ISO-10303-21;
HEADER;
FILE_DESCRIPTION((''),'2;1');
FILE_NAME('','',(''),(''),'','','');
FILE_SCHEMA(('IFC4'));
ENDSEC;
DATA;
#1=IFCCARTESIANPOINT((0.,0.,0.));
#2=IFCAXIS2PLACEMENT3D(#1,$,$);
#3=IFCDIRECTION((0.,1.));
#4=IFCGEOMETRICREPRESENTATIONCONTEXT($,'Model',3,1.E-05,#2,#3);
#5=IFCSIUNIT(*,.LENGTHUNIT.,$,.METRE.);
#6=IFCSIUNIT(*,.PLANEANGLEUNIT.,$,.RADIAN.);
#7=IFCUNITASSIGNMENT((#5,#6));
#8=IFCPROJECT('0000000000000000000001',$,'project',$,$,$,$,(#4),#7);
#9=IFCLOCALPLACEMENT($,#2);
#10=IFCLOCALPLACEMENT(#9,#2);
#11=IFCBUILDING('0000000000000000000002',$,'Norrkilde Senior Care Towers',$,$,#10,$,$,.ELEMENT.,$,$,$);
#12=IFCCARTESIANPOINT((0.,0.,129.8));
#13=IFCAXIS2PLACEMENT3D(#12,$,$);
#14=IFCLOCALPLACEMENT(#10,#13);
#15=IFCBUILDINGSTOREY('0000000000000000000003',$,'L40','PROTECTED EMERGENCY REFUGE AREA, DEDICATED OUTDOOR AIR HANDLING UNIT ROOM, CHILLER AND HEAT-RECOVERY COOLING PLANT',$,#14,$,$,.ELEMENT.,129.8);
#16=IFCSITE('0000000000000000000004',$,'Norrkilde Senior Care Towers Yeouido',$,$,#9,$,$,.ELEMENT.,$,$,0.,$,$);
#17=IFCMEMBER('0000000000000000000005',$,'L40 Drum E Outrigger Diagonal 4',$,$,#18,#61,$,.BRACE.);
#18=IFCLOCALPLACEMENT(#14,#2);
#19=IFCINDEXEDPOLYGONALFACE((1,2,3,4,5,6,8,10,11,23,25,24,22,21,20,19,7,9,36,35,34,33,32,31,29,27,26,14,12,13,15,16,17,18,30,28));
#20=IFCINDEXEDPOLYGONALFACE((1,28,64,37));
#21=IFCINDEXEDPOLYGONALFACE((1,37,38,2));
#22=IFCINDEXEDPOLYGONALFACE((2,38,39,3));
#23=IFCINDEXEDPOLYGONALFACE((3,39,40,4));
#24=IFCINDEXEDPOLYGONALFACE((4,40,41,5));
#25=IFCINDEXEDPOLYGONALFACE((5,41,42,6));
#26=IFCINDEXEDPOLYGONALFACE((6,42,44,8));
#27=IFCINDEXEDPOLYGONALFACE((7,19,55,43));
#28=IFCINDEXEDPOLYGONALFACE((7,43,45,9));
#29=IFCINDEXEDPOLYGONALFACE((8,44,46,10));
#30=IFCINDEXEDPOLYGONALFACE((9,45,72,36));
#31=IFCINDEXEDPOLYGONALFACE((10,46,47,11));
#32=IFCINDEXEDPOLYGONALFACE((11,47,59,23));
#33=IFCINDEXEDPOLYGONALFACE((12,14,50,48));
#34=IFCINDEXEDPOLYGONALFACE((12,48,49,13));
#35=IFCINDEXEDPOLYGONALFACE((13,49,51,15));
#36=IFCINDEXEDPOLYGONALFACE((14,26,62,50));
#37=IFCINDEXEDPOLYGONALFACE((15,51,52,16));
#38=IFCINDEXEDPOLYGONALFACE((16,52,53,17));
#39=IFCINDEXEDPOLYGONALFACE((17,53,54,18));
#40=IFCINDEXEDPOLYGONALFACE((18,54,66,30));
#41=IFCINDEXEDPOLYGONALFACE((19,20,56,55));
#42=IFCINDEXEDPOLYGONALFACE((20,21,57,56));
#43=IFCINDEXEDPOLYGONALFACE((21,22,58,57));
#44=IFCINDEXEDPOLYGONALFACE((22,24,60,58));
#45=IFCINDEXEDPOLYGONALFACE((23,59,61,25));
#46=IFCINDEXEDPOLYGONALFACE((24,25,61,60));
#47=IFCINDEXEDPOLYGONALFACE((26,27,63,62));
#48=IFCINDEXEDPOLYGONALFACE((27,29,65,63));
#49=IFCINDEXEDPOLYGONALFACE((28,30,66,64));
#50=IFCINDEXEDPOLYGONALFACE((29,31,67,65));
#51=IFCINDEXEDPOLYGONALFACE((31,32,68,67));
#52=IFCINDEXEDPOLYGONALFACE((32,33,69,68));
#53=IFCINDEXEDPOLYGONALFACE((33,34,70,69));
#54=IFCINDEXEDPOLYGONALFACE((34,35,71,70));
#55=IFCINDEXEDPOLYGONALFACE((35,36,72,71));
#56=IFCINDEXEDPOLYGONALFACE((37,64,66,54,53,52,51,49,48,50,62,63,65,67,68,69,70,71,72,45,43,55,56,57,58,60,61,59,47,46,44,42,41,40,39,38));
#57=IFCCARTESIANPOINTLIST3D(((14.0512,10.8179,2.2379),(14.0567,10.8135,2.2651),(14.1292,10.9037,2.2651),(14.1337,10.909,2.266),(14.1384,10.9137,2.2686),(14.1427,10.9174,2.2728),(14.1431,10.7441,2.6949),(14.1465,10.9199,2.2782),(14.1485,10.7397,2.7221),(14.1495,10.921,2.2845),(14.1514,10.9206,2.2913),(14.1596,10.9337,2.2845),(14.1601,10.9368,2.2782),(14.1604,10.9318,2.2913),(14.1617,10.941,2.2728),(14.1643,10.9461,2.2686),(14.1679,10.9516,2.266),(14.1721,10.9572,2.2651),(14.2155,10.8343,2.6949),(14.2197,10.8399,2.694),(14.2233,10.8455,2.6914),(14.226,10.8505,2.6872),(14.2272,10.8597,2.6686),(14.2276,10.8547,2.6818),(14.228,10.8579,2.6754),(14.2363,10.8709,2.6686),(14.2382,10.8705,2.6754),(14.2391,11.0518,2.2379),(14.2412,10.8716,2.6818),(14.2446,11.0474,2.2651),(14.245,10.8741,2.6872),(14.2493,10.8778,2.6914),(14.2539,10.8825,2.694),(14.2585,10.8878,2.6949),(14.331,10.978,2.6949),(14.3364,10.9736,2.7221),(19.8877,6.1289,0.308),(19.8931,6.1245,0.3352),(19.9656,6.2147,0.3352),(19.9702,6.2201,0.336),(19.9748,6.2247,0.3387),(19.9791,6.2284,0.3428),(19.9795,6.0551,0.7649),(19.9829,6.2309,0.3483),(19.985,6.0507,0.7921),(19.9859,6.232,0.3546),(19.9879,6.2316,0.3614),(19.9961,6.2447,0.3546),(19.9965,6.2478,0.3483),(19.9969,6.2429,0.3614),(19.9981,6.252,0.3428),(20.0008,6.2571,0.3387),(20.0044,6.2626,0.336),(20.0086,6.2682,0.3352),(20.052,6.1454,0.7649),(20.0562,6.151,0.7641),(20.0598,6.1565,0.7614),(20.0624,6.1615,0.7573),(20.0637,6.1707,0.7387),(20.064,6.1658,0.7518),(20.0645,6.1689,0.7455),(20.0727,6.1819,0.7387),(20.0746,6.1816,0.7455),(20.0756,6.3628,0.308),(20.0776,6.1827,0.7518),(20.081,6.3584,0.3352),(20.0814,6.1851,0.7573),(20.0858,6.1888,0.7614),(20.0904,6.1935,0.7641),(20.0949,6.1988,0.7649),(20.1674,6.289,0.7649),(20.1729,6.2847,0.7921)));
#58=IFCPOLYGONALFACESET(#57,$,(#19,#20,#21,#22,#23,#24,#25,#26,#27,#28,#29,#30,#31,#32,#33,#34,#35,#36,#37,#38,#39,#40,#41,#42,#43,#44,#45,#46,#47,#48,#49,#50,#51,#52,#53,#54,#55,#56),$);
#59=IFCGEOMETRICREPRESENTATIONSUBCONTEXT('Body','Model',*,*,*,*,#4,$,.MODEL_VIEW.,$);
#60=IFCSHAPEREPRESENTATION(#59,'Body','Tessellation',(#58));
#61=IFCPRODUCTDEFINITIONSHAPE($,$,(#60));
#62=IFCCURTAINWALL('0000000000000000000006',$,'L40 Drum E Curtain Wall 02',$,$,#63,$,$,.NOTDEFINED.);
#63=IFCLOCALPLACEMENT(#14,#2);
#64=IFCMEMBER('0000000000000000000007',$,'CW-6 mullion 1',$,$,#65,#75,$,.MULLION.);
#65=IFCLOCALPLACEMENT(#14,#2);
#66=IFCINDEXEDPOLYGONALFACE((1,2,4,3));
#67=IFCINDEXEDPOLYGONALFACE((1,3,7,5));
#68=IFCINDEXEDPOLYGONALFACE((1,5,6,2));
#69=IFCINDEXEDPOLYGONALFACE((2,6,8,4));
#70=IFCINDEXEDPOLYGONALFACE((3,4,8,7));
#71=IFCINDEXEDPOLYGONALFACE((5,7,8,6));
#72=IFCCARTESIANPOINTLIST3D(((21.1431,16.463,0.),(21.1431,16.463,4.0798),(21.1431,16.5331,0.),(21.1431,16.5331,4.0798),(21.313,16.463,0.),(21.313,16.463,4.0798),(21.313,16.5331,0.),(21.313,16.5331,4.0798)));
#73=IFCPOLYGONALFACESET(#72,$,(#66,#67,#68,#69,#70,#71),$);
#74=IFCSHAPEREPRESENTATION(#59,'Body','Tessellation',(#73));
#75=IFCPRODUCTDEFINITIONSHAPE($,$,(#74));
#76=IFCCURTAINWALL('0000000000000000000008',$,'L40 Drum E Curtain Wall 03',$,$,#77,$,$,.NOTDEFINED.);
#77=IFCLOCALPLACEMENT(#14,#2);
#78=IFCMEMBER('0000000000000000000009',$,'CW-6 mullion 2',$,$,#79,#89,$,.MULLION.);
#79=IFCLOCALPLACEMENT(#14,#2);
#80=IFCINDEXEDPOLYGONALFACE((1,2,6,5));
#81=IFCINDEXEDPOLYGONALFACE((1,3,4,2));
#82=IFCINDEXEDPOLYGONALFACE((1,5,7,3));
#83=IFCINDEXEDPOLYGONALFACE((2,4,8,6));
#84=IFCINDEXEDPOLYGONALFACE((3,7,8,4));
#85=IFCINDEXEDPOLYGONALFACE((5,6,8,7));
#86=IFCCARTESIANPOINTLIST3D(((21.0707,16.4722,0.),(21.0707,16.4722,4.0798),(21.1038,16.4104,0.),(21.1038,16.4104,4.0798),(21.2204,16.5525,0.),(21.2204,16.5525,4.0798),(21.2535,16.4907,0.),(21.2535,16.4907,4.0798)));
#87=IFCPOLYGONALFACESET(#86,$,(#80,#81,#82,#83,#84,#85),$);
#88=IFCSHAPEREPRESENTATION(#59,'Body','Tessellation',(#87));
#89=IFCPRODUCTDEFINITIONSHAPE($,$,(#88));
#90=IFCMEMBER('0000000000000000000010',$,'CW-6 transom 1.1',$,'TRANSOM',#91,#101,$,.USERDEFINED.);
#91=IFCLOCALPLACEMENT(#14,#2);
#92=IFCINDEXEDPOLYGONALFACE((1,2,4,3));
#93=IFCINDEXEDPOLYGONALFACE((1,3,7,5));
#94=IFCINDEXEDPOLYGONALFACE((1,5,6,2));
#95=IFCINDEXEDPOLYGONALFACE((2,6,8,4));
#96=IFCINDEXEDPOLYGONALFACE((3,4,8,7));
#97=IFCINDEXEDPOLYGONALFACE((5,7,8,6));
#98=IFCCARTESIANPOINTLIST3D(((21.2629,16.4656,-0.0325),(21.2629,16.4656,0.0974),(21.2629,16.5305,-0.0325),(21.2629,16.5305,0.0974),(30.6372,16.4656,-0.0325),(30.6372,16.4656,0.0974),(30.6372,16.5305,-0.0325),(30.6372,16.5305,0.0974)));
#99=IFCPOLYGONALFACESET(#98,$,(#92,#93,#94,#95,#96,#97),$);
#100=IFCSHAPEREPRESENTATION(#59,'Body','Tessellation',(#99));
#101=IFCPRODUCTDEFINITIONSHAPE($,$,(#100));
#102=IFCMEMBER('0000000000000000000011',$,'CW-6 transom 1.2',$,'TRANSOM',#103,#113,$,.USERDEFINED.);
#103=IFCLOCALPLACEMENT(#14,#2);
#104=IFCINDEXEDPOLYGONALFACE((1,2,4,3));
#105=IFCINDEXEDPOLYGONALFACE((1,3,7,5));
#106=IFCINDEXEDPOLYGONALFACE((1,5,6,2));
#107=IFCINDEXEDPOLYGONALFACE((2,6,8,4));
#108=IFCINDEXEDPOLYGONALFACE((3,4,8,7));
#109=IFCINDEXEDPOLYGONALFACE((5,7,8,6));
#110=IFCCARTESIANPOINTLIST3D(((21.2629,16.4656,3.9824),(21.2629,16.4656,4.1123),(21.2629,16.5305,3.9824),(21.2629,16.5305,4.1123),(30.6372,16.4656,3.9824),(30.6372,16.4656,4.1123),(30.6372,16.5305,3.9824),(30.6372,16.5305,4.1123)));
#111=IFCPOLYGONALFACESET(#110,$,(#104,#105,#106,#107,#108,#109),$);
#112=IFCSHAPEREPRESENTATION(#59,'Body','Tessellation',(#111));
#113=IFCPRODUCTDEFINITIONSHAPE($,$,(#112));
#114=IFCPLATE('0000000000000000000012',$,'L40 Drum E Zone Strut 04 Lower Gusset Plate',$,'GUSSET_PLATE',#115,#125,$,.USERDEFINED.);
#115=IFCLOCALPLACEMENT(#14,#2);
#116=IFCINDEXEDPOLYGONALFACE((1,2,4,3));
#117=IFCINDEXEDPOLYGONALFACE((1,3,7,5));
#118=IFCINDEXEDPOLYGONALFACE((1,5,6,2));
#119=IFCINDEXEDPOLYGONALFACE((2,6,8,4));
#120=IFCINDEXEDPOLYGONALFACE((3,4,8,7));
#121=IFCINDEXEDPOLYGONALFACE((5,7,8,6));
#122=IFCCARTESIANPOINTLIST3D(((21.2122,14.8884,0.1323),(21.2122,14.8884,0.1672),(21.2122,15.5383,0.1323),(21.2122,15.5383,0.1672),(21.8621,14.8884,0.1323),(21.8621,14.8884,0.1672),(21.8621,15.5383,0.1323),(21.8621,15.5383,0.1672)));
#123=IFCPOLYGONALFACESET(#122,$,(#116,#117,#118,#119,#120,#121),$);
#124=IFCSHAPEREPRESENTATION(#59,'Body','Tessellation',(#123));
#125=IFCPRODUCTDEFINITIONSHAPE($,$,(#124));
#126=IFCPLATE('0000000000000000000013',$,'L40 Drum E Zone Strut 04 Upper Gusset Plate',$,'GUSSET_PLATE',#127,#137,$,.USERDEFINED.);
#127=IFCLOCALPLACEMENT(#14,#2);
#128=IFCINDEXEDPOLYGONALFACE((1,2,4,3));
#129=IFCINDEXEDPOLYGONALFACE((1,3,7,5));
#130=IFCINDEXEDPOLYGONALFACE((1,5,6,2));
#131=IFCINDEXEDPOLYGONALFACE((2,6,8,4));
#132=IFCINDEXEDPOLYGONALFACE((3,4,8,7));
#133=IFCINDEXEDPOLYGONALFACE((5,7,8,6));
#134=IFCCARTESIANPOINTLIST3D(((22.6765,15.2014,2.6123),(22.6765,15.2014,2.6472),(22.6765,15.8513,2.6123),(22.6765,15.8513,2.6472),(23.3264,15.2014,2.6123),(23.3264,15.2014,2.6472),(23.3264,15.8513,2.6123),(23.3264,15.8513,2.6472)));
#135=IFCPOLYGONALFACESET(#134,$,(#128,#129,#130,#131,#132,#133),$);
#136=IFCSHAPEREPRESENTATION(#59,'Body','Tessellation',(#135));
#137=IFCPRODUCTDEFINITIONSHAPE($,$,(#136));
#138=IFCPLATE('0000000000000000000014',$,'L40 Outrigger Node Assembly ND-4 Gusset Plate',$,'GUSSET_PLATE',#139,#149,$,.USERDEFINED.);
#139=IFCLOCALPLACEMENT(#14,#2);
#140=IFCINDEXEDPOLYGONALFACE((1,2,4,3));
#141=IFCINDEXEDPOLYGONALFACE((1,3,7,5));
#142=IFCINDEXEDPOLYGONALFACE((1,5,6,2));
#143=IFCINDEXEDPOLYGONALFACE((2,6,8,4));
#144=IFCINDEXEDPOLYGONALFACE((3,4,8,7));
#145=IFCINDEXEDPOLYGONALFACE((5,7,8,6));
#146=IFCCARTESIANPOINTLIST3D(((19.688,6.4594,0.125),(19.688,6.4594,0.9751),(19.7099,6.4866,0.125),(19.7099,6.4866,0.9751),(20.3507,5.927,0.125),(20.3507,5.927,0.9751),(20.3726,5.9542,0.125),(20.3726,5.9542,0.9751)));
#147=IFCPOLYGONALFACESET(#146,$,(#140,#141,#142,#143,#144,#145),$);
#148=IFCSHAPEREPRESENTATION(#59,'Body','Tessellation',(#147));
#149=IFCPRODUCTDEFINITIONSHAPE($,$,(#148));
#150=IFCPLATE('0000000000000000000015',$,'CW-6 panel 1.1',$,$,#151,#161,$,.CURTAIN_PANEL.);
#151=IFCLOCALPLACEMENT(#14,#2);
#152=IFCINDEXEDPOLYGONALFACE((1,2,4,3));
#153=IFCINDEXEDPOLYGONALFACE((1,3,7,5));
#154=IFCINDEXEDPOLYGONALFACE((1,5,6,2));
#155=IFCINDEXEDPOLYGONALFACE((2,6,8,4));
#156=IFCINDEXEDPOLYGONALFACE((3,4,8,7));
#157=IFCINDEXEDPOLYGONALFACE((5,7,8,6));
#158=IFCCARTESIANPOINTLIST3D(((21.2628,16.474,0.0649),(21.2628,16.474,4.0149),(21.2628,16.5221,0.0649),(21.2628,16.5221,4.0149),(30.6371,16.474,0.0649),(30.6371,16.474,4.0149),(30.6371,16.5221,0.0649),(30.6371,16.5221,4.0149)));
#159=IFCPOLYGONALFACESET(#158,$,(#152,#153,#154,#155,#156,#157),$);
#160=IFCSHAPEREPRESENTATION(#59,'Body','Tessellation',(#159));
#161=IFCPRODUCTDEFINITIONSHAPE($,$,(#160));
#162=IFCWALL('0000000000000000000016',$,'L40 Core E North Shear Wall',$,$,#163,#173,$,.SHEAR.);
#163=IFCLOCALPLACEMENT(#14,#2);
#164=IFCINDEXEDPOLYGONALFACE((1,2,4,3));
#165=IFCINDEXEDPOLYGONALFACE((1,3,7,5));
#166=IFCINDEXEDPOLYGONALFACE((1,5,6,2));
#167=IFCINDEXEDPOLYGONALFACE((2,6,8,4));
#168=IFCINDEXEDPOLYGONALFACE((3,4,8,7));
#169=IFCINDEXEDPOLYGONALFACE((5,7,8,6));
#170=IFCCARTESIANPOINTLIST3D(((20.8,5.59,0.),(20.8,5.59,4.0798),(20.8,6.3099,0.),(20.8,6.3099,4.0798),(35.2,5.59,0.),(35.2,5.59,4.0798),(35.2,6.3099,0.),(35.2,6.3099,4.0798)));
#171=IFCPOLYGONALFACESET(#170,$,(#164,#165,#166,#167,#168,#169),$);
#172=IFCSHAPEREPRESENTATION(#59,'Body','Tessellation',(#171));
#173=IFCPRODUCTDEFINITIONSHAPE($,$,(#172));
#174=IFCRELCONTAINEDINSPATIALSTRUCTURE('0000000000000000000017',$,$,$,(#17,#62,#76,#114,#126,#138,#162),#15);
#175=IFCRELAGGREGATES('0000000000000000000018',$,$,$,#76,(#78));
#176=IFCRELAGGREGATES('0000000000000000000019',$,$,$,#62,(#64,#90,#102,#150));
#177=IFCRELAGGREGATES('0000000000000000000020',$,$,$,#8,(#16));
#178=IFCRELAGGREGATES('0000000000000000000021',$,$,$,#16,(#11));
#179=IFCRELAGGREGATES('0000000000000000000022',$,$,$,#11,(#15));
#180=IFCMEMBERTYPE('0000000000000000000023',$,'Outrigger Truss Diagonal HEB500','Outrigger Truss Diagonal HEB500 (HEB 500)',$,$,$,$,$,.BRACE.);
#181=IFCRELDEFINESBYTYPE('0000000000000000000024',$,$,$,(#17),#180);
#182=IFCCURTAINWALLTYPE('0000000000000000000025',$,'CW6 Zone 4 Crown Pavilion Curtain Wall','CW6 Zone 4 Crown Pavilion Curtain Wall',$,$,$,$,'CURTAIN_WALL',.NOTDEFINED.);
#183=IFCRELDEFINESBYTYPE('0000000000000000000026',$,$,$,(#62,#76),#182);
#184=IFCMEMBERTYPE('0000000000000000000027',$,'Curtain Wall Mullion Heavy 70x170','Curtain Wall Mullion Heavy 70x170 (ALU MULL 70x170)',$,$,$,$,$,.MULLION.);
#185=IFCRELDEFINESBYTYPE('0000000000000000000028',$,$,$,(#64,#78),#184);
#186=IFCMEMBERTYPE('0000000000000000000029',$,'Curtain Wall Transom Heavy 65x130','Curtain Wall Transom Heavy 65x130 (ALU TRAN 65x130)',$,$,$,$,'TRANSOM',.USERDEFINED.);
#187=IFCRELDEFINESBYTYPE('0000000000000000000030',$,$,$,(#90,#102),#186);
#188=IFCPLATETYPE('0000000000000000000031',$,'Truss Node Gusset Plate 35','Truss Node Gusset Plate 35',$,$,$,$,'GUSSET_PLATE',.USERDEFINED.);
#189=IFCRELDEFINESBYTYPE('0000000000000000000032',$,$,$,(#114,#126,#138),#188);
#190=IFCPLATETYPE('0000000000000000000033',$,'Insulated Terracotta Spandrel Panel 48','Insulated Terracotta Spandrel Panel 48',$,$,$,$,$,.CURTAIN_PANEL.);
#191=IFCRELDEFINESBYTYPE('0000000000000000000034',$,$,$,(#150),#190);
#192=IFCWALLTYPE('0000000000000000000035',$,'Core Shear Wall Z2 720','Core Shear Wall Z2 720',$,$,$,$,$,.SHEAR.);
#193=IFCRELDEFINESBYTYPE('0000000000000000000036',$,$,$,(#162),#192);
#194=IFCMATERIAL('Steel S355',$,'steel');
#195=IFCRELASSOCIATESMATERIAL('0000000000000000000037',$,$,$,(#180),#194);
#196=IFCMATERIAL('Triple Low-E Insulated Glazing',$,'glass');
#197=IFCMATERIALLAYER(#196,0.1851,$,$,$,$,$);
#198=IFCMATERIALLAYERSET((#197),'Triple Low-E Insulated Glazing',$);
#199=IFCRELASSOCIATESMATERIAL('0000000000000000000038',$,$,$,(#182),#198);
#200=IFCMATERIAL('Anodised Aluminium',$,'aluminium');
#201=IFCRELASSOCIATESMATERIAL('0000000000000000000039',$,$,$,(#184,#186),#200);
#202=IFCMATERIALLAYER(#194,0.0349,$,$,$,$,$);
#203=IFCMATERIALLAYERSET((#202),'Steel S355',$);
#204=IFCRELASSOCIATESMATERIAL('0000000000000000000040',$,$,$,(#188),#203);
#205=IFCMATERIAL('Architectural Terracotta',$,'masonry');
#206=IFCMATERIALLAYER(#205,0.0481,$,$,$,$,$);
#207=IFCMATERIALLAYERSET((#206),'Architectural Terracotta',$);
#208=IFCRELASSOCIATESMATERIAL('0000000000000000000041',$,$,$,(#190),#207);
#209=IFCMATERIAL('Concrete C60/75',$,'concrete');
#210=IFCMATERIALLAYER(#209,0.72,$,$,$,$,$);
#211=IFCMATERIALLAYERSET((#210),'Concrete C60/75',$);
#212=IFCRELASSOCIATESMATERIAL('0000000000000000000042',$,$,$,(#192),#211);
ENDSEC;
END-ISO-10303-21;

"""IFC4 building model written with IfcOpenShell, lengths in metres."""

from ifc_helpers import new_model, si_unit, direction, frame, frame_2d, origin, origin_2d, place, context, subcontext, project, spatial, rectangle, i_section, extrude, source, transform, mapped, material, layer, layer_set, material_profile, profile_set, type_object, type_shapes, element, aggregate, save


model = new_model("IFC4")

# Units and contexts
model_context = context("Model", 3, precision=1e-05, world=origin(), true_north=direction((0.0, 1.0)))
body_context = subcontext(model_context, "Body", "Model", "MODEL_VIEW")
ifc_project = project(units=[si_unit("LENGTHUNIT", "METRE"), si_unit("PLANEANGLEUNIT", "RADIAN")], contexts=[model_context])

# Site, building, storey
site_placement = place(None, origin())
site = spatial("IfcSite", under=ifc_project, at=site_placement, Name="Norrkilde Senior Care Towers Yeouido", CompositionType="ELEMENT", RefElevation=0.0)
building_placement = place(site_placement, origin())
building = spatial("IfcBuilding", under=site, at=building_placement, Name="Norrkilde Senior Care Towers", CompositionType="ELEMENT")
storey_placement = place(building_placement, frame((0.0, 0.0, 129.8)))
storey = spatial("IfcBuildingStorey", under=building, at=storey_placement, Name="L40", Description="PROTECTED EMERGENCY REFUGE AREA, DEDICATED OUTDOOR AIR HANDLING UNIT ROOM, CHILLER AND HEAT-RECOVERY COOLING PLANT", CompositionType="ELEMENT", Elevation=129.8)

# Shared definitions
ifc_material_1 = material(Name="Concrete C60/75", Category="concrete")

# Shared definitions
ifc_material_2 = material(Name="Steel S355", Category="steel")

# Member
ifc_material_profile_1 = material_profile(ifc_material_2, i_section(OverallWidth=0.3, OverallDepth=0.5, WebThickness=0.0144, FlangeThickness=0.0281, FilletRadius=0.0271, at=origin_2d()), Name="HEB 500")
ifc_profile_set_1 = profile_set([ifc_material_profile_1], Name="Steel S355")
member_type_1 = type_object("IfcMemberType", Name="Outrigger Truss Diagonal HEB500", Description="Outrigger Truss Diagonal HEB500 (HEB 500)", PredefinedType="BRACE", material=ifc_profile_set_1)
shared_shape_1 = source(origin(), body_context, "Body", "SweptSolid", [
    extrude(i_section(OverallWidth=0.3, OverallDepth=0.5, WebThickness=0.0144, FlangeThickness=0.0281, FilletRadius=0.0271, at=origin_2d()), origin(), (0.0, 0.0, 1.0), 7.7314),
])
type_shapes(member_type_1, [shared_shape_1])
member_1_placement = place(storey_placement, frame((20.0303, 6.2068, 0.55), z_axis=(-0.754897, 0.606482, 0.249622), x_axis=(-0.626308, -0.779575, 0.0)))
element("IfcMember", 1, at=member_1_placement, inside=storey, type_object=member_type_1, Name="L40 Drum E Outrigger Diagonal 4", PredefinedType="BRACE", context=body_context, shape_type="MappedRepresentation", body=[
    mapped(shared_shape_1, transform((0.0, 0.0, 0.0), x_axis=(1.0, 0.0, 0.0), y_axis=(0.0, 1.0, 0.0), z_axis=(0.0, 0.0, 1.0), scale=1.0)),
])

# Curtain walls, members
ifc_material_3 = material(Name="Triple Low-E Insulated Glazing", Category="glass")
ifc_layer_1 = layer(ifc_material_3, 0.1851)
ifc_layer_set_1 = layer_set([ifc_layer_1], Name="Triple Low-E Insulated Glazing")
curtain_wall_type = type_object("IfcCurtainWallType", Name="CW6 Zone 4 Crown Pavilion Curtain Wall", Description="CW6 Zone 4 Crown Pavilion Curtain Wall", ElementType="CURTAIN_WALL", PredefinedType="NOTDEFINED", material=ifc_layer_set_1)
curtain_wall_1_placement = place(storey_placement, origin())
curtain_wall_1 = element("IfcCurtainWall", 2, at=curtain_wall_1_placement, inside=storey, type_object=curtain_wall_type, Name="L40 Drum E Curtain Wall 02", PredefinedType="NOTDEFINED")
ifc_material_4 = material(Name="Anodised Aluminium", Category="aluminium")
ifc_material_profile_2 = material_profile(ifc_material_4, rectangle(XDim=0.0701, YDim=0.1699, at=origin_2d()), Name="ALU MULL 70x170")
ifc_profile_set_2 = profile_set([ifc_material_profile_2], Name="Anodised Aluminium")
member_type_2 = type_object("IfcMemberType", Name="Curtain Wall Mullion Heavy 70x170", Description="Curtain Wall Mullion Heavy 70x170 (ALU MULL 70x170)", PredefinedType="MULLION", material=ifc_profile_set_2)
shared_shape_2 = source(origin(), body_context, "Body", "SweptSolid", [
    extrude(rectangle(XDim=0.0701, YDim=0.1699, at=origin_2d()), origin(), (0.0, 0.0, 1.0), 4.0798),
])
type_shapes(member_type_2, [shared_shape_2])
member_2_placement = place(storey_placement, frame((21.228, 16.498, 0.0), z_axis=(0.0, 0.0, 1.0), x_axis=(0.0, 1.0, 0.0)))
member_2 = element("IfcMember", 3, at=member_2_placement, type_object=member_type_2, Name="CW-6 mullion 1", PredefinedType="MULLION", context=body_context, shape_type="MappedRepresentation", body=[
    mapped(shared_shape_2, transform((0.0, 0.0, 0.0), x_axis=(1.0, 0.0, 0.0), y_axis=(0.0, 1.0, 0.0), z_axis=(0.0, 0.0, 1.0), scale=1.0)),
])
curtain_wall_2_placement = place(storey_placement, origin())
curtain_wall_2 = element("IfcCurtainWall", 4, at=curtain_wall_2_placement, inside=storey, type_object=curtain_wall_type, Name="L40 Drum E Curtain Wall 03", PredefinedType="NOTDEFINED")
member_3_placement = place(storey_placement, frame((21.1621, 16.4814, 0.0), z_axis=(0.0, 0.0, 1.0), x_axis=(-0.472769, 0.881186, 0.0)))
member_3 = element("IfcMember", 5, at=member_3_placement, type_object=member_type_2, Name="CW-6 mullion 2", PredefinedType="MULLION", context=body_context, shape_type="MappedRepresentation", body=[
    mapped(shared_shape_2, transform((0.0, 0.0, 0.0), x_axis=(1.0, 0.0, 0.0), y_axis=(0.0, 1.0, 0.0), z_axis=(0.0, 0.0, 1.0), scale=1.0)),
])
aggregate(curtain_wall_2, [member_3])

# Members
ifc_material_profile_3 = material_profile(ifc_material_4, rectangle(XDim=0.0649, YDim=0.1299, at=origin_2d()), Name="ALU TRAN 65x130")
ifc_profile_set_3 = profile_set([ifc_material_profile_3], Name="Anodised Aluminium")
member_type_3 = type_object("IfcMemberType", Name="Curtain Wall Transom Heavy 65x130", Description="Curtain Wall Transom Heavy 65x130 (ALU TRAN 65x130)", ElementType="TRANSOM", PredefinedType="USERDEFINED", material=ifc_profile_set_3)
shared_shape_3 = source(origin(), body_context, "Body", "SweptSolid", [
    extrude(rectangle(XDim=0.0649, YDim=0.1299, at=origin_2d()), origin(), (0.0, 0.0, 1.0), 9.3743),
])
type_shapes(member_type_3, [shared_shape_3])
member_4_placement = place(storey_placement, frame((21.2629, 16.498, 0.0325), z_axis=(1.0, 0.0, 0.0), x_axis=(0.0, 1.0, 0.0)))
member_4 = element("IfcMember", 6, at=member_4_placement, type_object=member_type_3, Name="CW-6 transom 1.1", ObjectType="TRANSOM", PredefinedType="USERDEFINED", context=body_context, shape_type="MappedRepresentation", body=[
    mapped(shared_shape_3, transform((0.0, 0.0, 0.0), x_axis=(1.0, 0.0, 0.0), y_axis=(0.0, 1.0, 0.0), z_axis=(0.0, 0.0, 1.0), scale=1.0)),
])
member_5_placement = place(storey_placement, frame((21.2629, 16.498, 4.0474), z_axis=(1.0, 0.0, 0.0), x_axis=(0.0, 1.0, 0.0)))
member_5 = element("IfcMember", 7, at=member_5_placement, type_object=member_type_3, Name="CW-6 transom 1.2", ObjectType="TRANSOM", PredefinedType="USERDEFINED", context=body_context, shape_type="MappedRepresentation", body=[
    mapped(shared_shape_3, transform((0.0, 0.0, 0.0), x_axis=(1.0, 0.0, 0.0), y_axis=(0.0, 1.0, 0.0), z_axis=(0.0, 0.0, 1.0), scale=1.0)),
])

# Plates
ifc_layer_2 = layer(ifc_material_2, 0.0349)
ifc_layer_set_2 = layer_set([ifc_layer_2], Name="Steel S355")
plate_type_1 = type_object("IfcPlateType", Name="Truss Node Gusset Plate 35", Description="Truss Node Gusset Plate 35", ElementType="GUSSET_PLATE", PredefinedType="USERDEFINED", material=ifc_layer_set_2)
shared_shape_4 = source(origin(), body_context, "Body", "SweptSolid", [
    extrude(rectangle(XDim=0.6499, YDim=0.6499, at=origin_2d()), origin(), (0.0, 0.0, 1.0), 0.0349),
])
for number, where, z_axis, x_axis, name in (
    (8, (21.5371, 15.2134, 0.1323), (0.0, 0.0, 1.0), (1.0, 0.0, 0.0), "L40 Drum E Zone Strut 04 Lower Gusset Plate"),
    (9, (23.0015, 15.5264, 2.6123), (0.0, 0.0, 1.0), (1.0, 0.0, 0.0), "L40 Drum E Zone Strut 04 Upper Gusset Plate"),
):
    element("IfcPlate", number, at=place(storey_placement, frame(where, z_axis=z_axis, x_axis=x_axis)), inside=storey, type_object=plate_type_1, Name=name, ObjectType="GUSSET_PLATE", PredefinedType="USERDEFINED", context=body_context, shape_type="MappedRepresentation", body=[
        mapped(shared_shape_4, transform((0.0, 0.0, 0.0), x_axis=(1.0, 0.0, 0.0), y_axis=(0.0, 1.0, 0.0), z_axis=(0.0, 0.0, 1.0), scale=1.0)),
    ])
shared_shape_5 = source(origin(), body_context, "Body", "SweptSolid", [
    extrude(rectangle(XDim=0.8501, YDim=0.0349, at=origin_2d()), origin(), (0.0, 0.0, 1.0), 0.8501),
])
type_shapes(plate_type_1, [shared_shape_4, shared_shape_5])
plate_1_placement = place(storey_placement, frame((20.0303, 6.2068, 0.125), z_axis=(0.0, 0.0, 1.0), x_axis=(-0.779572, 0.626313, 0.0)))
element("IfcPlate", 10, at=plate_1_placement, inside=storey, type_object=plate_type_1, Name="L40 Outrigger Node Assembly ND-4 Gusset Plate", ObjectType="GUSSET_PLATE", PredefinedType="USERDEFINED", context=body_context, shape_type="MappedRepresentation", body=[
    mapped(shared_shape_5, transform((0.0, 0.0, 0.0), x_axis=(1.0, 0.0, 0.0), y_axis=(0.0, 1.0, 0.0), z_axis=(0.0, 0.0, 1.0), scale=1.0)),
])

# Plate
ifc_material_5 = material(Name="Architectural Terracotta", Category="masonry")
ifc_layer_3 = layer(ifc_material_5, 0.0481)
ifc_layer_set_3 = layer_set([ifc_layer_3], Name="Architectural Terracotta")
plate_type_2 = type_object("IfcPlateType", Name="Insulated Terracotta Spandrel Panel 48", Description="Insulated Terracotta Spandrel Panel 48", PredefinedType="CURTAIN_PANEL", material=ifc_layer_set_3)
shared_shape_6 = source(origin(), body_context, "Body", "SweptSolid", [
    extrude(rectangle(XDim=9.3743, YDim=0.0481, at=origin_2d()), origin(), (0.0, 0.0, 1.0), 3.95),
])
type_shapes(plate_type_2, [shared_shape_6])
plate_2_placement = place(storey_placement, frame((25.95, 16.498, 0.0649), z_axis=(0.0, 0.0, 1.0), x_axis=(1.0, 0.0, 0.0)))
plate_2 = element("IfcPlate", 11, at=plate_2_placement, type_object=plate_type_2, Name="CW-6 panel 1.1", PredefinedType="CURTAIN_PANEL", context=body_context, shape_type="MappedRepresentation", body=[
    mapped(shared_shape_6, transform((0.0, 0.0, 0.0), x_axis=(1.0, 0.0, 0.0), y_axis=(0.0, 1.0, 0.0), z_axis=(0.0, 0.0, 1.0), scale=1.0)),
])
aggregate(curtain_wall_1, [member_2, member_4, member_5, plate_2])

# Wall
ifc_layer_4 = layer(ifc_material_1, 0.72)
ifc_layer_set_4 = layer_set([ifc_layer_4], Name="Concrete C60/75")
wall_type_1 = type_object("IfcWallType", Name="Core Shear Wall Z2 720", Description="Core Shear Wall Z2 720", PredefinedType="SHEAR", material=ifc_layer_set_4)
shared_shape_7 = source(origin(), body_context, "Body", "SweptSolid", [
    extrude(rectangle(XDim=14.3999, YDim=0.72, at=frame_2d((7.2, 0.0))), origin(), (0.0, 0.0, 1.0), 4.0798),
])
type_shapes(wall_type_1, [shared_shape_7])
wall_1_placement = place(storey_placement, frame((20.8, 5.95, 0.0), z_axis=(0.0, 0.0, 1.0), x_axis=(1.0, 0.0, 0.0)))
element("IfcWall", 12, at=wall_1_placement, inside=storey, type_object=wall_type_1, Name="L40 Core E North Shear Wall", PredefinedType="SHEAR", context=body_context, shape_type="MappedRepresentation", body=[
    mapped(shared_shape_7, transform((0.0, 0.0, 0.0), x_axis=(1.0, 0.0, 0.0), y_axis=(0.0, 1.0, 0.0), z_axis=(0.0, 0.0, 1.0), scale=1.0)),
])

save(model, "model.ifc")
